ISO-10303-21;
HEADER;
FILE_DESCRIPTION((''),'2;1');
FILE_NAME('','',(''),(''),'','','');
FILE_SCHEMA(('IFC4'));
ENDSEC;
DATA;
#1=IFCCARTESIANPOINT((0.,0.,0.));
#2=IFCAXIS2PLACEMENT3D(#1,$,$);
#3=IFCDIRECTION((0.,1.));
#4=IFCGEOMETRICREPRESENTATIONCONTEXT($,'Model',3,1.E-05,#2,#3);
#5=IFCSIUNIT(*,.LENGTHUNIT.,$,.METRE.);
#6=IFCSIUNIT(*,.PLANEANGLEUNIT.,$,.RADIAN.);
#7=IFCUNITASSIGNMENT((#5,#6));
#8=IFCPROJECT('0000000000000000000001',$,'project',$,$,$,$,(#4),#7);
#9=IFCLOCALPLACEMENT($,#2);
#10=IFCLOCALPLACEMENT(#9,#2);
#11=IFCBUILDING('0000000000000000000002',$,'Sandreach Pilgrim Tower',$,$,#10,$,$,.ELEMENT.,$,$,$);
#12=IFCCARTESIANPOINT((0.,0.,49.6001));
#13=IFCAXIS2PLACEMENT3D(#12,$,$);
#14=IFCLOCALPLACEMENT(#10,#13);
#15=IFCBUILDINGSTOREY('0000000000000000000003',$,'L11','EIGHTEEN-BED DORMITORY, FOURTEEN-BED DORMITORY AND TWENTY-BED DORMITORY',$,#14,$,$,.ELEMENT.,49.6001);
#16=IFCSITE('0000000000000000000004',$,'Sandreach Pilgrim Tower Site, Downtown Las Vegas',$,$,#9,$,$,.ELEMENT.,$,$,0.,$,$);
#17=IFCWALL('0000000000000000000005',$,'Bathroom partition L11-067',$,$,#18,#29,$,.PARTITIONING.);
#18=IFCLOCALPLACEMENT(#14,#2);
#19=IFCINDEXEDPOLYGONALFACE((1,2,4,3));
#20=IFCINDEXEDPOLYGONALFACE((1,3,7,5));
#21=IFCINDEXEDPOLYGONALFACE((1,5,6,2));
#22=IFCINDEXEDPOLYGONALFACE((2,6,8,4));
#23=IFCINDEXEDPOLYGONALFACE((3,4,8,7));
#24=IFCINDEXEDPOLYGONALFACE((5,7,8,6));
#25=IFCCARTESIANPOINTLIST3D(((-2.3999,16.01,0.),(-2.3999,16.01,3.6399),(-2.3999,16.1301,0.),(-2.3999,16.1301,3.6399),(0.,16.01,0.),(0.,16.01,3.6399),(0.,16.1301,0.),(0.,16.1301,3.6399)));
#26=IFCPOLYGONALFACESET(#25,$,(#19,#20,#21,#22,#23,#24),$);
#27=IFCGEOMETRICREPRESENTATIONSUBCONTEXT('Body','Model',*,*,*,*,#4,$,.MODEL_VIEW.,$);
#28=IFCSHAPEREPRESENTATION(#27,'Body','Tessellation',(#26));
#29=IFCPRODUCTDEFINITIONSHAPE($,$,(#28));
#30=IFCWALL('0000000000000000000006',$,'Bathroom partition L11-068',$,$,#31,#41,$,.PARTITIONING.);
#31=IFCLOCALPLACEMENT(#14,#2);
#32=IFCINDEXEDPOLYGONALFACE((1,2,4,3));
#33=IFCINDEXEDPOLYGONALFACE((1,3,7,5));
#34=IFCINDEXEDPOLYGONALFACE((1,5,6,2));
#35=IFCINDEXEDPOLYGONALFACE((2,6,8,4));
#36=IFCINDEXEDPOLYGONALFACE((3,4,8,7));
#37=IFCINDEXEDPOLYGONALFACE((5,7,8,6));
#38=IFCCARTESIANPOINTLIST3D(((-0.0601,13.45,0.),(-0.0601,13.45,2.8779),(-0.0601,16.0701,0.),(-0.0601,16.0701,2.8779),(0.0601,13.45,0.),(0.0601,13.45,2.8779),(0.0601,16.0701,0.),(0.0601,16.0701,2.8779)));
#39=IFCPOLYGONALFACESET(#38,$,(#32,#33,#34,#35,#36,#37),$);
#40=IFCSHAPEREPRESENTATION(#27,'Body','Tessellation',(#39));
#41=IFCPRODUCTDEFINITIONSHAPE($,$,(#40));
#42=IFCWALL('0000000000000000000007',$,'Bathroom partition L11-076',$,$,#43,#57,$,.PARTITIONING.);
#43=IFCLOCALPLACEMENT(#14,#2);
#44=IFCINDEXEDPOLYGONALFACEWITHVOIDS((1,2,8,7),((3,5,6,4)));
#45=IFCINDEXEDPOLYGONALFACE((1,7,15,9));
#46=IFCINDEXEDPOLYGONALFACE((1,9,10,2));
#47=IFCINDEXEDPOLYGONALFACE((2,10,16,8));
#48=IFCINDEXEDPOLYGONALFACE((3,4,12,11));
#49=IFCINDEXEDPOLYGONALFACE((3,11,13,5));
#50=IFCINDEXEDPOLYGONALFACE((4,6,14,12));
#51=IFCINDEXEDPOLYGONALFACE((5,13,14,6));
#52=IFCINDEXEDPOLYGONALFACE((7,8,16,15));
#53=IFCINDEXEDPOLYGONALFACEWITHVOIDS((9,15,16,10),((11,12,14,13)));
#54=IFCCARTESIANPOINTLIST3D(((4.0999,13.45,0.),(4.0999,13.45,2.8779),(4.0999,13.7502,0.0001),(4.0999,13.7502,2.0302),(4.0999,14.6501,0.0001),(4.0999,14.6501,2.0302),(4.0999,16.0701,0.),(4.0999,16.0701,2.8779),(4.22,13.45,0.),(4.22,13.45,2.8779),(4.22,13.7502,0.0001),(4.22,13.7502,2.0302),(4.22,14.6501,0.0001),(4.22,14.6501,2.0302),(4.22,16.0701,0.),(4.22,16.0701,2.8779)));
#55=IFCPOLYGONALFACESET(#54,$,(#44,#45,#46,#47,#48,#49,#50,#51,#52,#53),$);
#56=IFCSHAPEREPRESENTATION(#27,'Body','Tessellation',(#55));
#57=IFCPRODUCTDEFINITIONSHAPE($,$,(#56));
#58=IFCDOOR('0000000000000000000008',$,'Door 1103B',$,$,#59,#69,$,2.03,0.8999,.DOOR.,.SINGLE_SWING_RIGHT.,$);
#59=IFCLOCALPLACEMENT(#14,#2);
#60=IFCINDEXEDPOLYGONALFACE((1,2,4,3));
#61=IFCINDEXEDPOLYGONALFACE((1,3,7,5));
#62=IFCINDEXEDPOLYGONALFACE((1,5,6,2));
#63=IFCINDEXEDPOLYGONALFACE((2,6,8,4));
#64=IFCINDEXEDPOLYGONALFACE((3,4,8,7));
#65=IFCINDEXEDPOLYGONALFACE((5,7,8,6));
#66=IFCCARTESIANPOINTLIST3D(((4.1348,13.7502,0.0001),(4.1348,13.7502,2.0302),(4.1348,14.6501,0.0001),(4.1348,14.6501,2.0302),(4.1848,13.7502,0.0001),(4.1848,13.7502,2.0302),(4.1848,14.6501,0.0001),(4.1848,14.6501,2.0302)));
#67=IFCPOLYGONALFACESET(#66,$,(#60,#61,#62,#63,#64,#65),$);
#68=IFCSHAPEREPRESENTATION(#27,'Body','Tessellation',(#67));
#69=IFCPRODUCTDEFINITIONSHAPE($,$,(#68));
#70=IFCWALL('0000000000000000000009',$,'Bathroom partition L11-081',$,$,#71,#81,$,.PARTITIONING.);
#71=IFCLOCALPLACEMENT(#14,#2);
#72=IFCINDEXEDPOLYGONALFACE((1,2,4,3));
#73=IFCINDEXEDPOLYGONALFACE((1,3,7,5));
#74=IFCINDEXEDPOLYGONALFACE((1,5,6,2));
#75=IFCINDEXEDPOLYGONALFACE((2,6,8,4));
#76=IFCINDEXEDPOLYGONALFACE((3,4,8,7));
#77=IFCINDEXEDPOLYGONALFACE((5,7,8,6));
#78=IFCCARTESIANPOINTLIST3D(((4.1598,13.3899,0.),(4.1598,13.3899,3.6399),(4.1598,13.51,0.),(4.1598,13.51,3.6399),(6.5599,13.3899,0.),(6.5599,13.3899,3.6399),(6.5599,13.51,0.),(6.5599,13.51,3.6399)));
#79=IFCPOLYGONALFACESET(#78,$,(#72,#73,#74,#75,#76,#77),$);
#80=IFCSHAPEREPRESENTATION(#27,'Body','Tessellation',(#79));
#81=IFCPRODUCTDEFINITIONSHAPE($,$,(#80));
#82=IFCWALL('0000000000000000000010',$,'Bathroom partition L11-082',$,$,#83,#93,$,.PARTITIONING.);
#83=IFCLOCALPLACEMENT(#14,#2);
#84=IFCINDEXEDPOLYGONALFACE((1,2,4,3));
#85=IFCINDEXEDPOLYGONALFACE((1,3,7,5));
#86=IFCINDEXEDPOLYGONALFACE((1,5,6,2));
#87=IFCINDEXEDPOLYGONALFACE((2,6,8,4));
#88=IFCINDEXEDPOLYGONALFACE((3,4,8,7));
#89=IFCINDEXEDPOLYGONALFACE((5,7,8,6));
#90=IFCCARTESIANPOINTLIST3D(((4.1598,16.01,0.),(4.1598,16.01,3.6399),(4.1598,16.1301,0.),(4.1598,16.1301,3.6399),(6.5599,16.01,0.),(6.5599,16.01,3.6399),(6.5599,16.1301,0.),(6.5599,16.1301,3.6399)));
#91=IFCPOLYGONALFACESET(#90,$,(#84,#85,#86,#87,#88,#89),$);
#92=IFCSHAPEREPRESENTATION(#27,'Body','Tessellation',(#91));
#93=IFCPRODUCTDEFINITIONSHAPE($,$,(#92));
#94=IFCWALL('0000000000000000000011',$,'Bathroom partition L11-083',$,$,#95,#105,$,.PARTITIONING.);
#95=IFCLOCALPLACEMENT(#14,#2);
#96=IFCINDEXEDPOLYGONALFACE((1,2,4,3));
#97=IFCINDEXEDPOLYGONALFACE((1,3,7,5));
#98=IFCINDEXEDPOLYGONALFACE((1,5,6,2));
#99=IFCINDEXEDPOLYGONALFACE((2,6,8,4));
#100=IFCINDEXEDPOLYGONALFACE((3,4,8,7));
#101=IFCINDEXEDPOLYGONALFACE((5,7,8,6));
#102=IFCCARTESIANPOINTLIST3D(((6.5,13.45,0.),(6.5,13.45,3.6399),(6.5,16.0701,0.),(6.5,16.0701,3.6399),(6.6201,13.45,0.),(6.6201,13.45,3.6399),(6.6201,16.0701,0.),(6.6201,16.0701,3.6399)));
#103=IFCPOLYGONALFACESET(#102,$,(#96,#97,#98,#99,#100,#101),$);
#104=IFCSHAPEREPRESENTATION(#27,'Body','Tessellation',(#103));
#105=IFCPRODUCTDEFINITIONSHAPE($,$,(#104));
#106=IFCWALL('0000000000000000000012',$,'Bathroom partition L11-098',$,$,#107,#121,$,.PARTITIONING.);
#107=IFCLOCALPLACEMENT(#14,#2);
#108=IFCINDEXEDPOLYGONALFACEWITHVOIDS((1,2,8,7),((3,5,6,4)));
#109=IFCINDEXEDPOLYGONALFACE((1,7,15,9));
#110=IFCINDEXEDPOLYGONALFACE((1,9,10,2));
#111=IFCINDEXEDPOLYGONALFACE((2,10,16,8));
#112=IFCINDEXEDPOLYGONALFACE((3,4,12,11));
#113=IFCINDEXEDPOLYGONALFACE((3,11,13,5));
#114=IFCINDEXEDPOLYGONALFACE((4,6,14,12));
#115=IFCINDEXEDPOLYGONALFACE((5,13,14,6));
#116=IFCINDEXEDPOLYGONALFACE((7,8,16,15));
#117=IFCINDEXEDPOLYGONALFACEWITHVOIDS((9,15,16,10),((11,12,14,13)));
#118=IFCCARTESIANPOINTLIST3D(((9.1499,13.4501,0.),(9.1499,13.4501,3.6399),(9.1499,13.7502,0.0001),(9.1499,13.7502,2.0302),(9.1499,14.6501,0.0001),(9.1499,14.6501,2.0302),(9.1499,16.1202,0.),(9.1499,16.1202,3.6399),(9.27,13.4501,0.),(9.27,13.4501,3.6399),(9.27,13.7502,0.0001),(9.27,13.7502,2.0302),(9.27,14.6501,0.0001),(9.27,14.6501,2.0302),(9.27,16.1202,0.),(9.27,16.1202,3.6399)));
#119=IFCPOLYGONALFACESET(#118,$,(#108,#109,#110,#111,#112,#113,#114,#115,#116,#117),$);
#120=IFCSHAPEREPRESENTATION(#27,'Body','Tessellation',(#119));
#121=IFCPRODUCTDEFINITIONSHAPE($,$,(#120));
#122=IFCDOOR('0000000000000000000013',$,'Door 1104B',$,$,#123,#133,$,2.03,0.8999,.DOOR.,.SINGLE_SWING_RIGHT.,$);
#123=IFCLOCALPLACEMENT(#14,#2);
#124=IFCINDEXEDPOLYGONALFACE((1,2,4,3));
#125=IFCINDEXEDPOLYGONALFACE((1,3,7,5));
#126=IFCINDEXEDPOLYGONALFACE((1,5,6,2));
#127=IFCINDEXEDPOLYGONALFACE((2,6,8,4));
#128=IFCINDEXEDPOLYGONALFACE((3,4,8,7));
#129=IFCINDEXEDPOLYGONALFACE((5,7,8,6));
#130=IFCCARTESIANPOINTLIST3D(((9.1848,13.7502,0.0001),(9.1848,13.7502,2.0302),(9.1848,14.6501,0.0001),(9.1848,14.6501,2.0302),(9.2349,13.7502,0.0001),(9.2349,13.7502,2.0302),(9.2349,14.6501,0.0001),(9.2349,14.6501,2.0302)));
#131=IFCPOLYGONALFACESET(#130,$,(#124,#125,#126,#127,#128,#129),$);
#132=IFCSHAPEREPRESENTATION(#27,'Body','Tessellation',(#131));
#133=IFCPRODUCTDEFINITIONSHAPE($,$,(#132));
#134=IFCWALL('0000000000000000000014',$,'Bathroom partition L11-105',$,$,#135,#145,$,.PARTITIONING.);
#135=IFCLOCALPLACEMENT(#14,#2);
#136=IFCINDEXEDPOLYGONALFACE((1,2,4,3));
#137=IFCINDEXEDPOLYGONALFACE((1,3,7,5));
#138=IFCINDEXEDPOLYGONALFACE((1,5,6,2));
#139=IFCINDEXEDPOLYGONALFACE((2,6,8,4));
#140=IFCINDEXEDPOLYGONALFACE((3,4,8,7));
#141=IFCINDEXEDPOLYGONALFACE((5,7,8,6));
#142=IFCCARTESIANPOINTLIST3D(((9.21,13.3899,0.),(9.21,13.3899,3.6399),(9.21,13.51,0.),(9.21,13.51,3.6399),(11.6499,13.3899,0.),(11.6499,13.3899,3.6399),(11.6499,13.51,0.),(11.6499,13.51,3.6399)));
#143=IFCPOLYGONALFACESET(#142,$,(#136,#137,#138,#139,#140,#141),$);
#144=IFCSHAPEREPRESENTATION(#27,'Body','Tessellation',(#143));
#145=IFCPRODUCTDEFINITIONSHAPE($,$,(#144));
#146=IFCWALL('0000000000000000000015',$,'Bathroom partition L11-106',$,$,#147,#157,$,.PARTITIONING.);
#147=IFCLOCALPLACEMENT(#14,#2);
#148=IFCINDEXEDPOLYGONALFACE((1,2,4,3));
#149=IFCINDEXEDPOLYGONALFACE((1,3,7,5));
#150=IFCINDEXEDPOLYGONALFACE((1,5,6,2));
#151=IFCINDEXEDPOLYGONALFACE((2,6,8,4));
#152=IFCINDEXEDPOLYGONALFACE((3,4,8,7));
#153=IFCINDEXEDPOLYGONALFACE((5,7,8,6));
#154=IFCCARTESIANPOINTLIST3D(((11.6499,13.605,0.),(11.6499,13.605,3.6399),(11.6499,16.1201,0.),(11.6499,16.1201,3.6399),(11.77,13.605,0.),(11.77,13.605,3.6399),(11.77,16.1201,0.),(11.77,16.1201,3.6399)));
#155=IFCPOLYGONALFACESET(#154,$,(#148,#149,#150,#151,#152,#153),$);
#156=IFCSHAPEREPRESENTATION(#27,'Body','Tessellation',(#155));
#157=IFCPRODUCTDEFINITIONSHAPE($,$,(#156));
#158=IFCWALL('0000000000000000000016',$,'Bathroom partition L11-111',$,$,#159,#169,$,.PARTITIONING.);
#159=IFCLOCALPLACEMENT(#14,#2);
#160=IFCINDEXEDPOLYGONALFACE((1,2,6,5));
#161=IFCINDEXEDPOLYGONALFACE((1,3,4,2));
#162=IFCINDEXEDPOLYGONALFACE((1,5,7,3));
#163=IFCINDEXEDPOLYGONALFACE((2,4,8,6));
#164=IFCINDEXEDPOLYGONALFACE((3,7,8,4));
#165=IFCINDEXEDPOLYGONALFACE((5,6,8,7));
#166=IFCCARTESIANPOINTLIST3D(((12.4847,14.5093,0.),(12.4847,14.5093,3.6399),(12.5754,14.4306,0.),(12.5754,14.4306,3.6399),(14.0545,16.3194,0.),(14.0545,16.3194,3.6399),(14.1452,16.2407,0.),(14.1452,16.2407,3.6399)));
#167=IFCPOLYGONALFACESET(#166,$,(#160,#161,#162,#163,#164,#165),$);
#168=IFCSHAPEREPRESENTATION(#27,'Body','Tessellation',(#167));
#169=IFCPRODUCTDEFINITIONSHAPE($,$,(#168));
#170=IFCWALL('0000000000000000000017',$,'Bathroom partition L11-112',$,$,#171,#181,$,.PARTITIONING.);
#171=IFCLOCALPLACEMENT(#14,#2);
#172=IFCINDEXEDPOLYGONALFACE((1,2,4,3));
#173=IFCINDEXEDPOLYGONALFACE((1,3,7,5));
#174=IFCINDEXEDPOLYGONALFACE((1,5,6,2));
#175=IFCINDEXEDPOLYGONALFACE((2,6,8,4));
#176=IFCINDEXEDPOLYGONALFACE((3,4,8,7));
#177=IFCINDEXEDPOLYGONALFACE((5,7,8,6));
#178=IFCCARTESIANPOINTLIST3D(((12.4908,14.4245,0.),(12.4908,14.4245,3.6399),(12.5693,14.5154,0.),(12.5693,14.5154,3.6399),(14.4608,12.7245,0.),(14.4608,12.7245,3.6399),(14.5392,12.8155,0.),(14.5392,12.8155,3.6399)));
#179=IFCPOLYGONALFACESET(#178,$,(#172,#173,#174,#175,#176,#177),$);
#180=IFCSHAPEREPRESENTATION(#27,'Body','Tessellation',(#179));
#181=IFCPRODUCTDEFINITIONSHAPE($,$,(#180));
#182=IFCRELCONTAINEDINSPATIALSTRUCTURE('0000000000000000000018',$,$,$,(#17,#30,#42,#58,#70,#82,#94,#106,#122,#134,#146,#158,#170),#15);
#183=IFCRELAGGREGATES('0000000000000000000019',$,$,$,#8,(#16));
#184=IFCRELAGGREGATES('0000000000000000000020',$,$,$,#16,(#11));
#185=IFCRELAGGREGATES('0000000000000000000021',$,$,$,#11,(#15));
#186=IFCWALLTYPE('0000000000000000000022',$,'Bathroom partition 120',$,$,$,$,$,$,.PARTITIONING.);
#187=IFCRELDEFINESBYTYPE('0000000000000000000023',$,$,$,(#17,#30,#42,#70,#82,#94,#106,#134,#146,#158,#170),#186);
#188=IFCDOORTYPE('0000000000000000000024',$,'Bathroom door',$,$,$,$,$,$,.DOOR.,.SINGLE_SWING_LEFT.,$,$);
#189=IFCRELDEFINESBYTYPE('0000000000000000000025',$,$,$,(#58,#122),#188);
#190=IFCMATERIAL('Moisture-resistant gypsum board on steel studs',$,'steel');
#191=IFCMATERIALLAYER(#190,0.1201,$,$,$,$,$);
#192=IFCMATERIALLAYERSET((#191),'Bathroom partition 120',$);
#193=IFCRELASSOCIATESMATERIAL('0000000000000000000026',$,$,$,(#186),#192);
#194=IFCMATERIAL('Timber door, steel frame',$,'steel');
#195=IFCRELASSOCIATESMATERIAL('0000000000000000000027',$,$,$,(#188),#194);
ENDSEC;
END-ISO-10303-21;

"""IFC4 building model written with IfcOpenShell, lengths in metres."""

from ifc_helpers import new_model, si_unit, direction, frame, frame_2d, origin, place, context, subcontext, project, spatial, rectangle, extrude, material, layer, layer_set, type_object, element, fill, save


model = new_model("IFC4")

# Units and contexts
model_context = context("Model", 3, precision=1e-05, world=origin(), true_north=direction((0.0, 1.0)))
body_context = subcontext(model_context, "Body", "Model", "MODEL_VIEW")
ifc_project = project(units=[si_unit("LENGTHUNIT", "METRE"), si_unit("PLANEANGLEUNIT", "RADIAN")], contexts=[model_context])

# Site, building, storey
site_placement = place(None, origin())
site = spatial("IfcSite", under=ifc_project, at=site_placement, Name="Sandreach Pilgrim Tower Site, Downtown Las Vegas", CompositionType="ELEMENT", RefElevation=0.0)
building_placement = place(site_placement, origin())
building = spatial("IfcBuilding", under=site, at=building_placement, Name="Sandreach Pilgrim Tower", CompositionType="ELEMENT")
storey_placement = place(building_placement, frame((0.0, 0.0, 49.6001)))
storey = spatial("IfcBuildingStorey", under=building, at=storey_placement, Name="L11", Description="EIGHTEEN-BED DORMITORY, FOURTEEN-BED DORMITORY AND TWENTY-BED DORMITORY", CompositionType="ELEMENT", Elevation=49.6001)

# Walls
ifc_material_1 = material(Name="Moisture-resistant gypsum board on steel studs", Category="steel")
ifc_layer_1 = layer(ifc_material_1, 0.1201)
ifc_layer_set_1 = layer_set([ifc_layer_1], Name="Bathroom partition 120")
wall_type_1 = type_object("IfcWallType", Name="Bathroom partition 120", PredefinedType="PARTITIONING", material=ifc_layer_set_1)
wall_1_placement = place(storey_placement, frame((0.0, 16.0701, 0.0), z_axis=(0.0, 0.0, 1.0), x_axis=(-1.0, 0.0, 0.0)))
element("IfcWall", 1, at=wall_1_placement, inside=storey, type_object=wall_type_1, Name="Bathroom partition L11-067", PredefinedType="PARTITIONING", context=body_context, shape_type="SweptSolid", body=[
    extrude(rectangle(XDim=2.3999, YDim=0.1201, at=frame_2d((1.2, 0.0))), origin(), (0.0, 0.0, 1.0), 3.6399),
])
wall_2_placement = place(storey_placement, frame((0.0, 16.0701, 0.0), z_axis=(0.0, 0.0, 1.0), x_axis=(0.0, -1.0, 0.0)))
element("IfcWall", 2, at=wall_2_placement, inside=storey, type_object=wall_type_1, Name="Bathroom partition L11-068", PredefinedType="PARTITIONING", context=body_context, shape_type="SweptSolid", body=[
    extrude(rectangle(XDim=2.6201, YDim=0.1201, at=frame_2d((1.3101, 0.0))), origin(), (0.0, 0.0, 1.0), 2.8779),
])

# Wall, opening, door
wall_3_placement = place(storey_placement, frame((4.1599, 16.0701, 0.0), z_axis=(0.0, 0.0, 1.0), x_axis=(0.0, -1.0, 0.0)))
wall_3 = element("IfcWall", 3, at=wall_3_placement, inside=storey, type_object=wall_type_1, Name="Bathroom partition L11-076", PredefinedType="PARTITIONING", context=body_context, shape_type="SweptSolid", body=[
    extrude(rectangle(XDim=2.6201, YDim=0.1201, at=frame_2d((1.3101, 0.0))), origin(), (0.0, 0.0, 1.0), 2.8779),
])
opening_1_placement = place(wall_3_placement, frame((1.4199, 0.0, 0.0)))
opening_1 = element("IfcOpeningElement", 4, at=opening_1_placement, cuts=wall_3, PredefinedType="OPENING", context=body_context, shape_type="SweptSolid", body=[
    extrude(rectangle(XDim=0.8999, YDim=2.03, at=frame_2d((0.45, 1.0151))), frame((0.0, 0.0601, 0.0), z_axis=(0.0, -1.0, 0.0), x_axis=(1.0, 0.0, 0.0)), (0.0, 0.0, 1.0), 0.1201),
])
ifc_material_2 = material(Name="Timber door, steel frame", Category="steel")
door_type_1 = type_object("IfcDoorType", Name="Bathroom door", OperationType="SINGLE_SWING_LEFT", PredefinedType="DOOR", material=ifc_material_2)
door_1_placement = place(opening_1_placement, origin())
door_1 = element("IfcDoor", 5, at=door_1_placement, inside=storey, type_object=door_type_1, Name="Door 1103B", OperationType="SINGLE_SWING_RIGHT", OverallHeight=2.03, OverallWidth=0.8999, PredefinedType="DOOR", context=body_context, shape_type="SweptSolid", body=[
    extrude(rectangle(XDim=0.8999, YDim=2.03, at=frame_2d((0.45, 1.0151))), frame((0.0, 0.0249, 0.0), z_axis=(0.0, -1.0, 0.0), x_axis=(1.0, 0.0, 0.0)), (0.0, 0.0, 1.0), 0.05),
])
fill(opening_1, door_1)

# Walls
for number, where, z_axis, x_axis, name in (
    (6, (6.5601, 13.45, 0.0), (0.0, 0.0, 1.0), (-1.0, 0.0, 0.0), "Bathroom partition L11-081"),
    (7, (6.5601, 16.0701, 0.0), (0.0, 0.0, 1.0), (-1.0, 0.0, 0.0), "Bathroom partition L11-082"),
):
    element("IfcWall", number, at=place(storey_placement, frame(where, z_axis=z_axis, x_axis=x_axis)), inside=storey, type_object=wall_type_1, Name=name, PredefinedType="PARTITIONING", context=body_context, shape_type="SweptSolid", body=[
        extrude(rectangle(XDim=2.4001, YDim=0.1201, at=frame_2d((1.2002, 0.0))), origin(), (0.0, 0.0, 1.0), 3.6399),
    ])
wall_4_placement = place(storey_placement, frame((6.5601, 16.0701, 0.0), z_axis=(0.0, 0.0, 1.0), x_axis=(0.0, -1.0, 0.0)))
element("IfcWall", 8, at=wall_4_placement, inside=storey, type_object=wall_type_1, Name="Bathroom partition L11-083", PredefinedType="PARTITIONING", context=body_context, shape_type="SweptSolid", body=[
    extrude(rectangle(XDim=2.6201, YDim=0.1201, at=frame_2d((1.3101, 0.0))), origin(), (0.0, 0.0, 1.0), 3.6399),
])

# Wall, opening, door
wall_5_placement = place(storey_placement, frame((9.21, 16.1201, 0.0), z_axis=(0.0, 0.0, 1.0), x_axis=(0.0, -1.0, 0.0)))
wall_5 = element("IfcWall", 9, at=wall_5_placement, inside=storey, type_object=wall_type_1, Name="Bathroom partition L11-098", PredefinedType="PARTITIONING", context=body_context, shape_type="SweptSolid", body=[
    extrude(rectangle(XDim=2.6702, YDim=0.1201, at=frame_2d((1.335, 0.0))), origin(), (0.0, 0.0, 1.0), 3.6399),
])
opening_2_placement = place(wall_5_placement, frame((1.47, 0.0, 0.0)))
opening_2 = element("IfcOpeningElement", 10, at=opening_2_placement, cuts=wall_5, PredefinedType="OPENING", context=body_context, shape_type="SweptSolid", body=[
    extrude(rectangle(XDim=0.8999, YDim=2.03, at=frame_2d((0.45, 1.0151))), frame((0.0, 0.0601, 0.0), z_axis=(0.0, -1.0, 0.0), x_axis=(1.0, 0.0, 0.0)), (0.0, 0.0, 1.0), 0.1201),
])
door_2_placement = place(opening_2_placement, origin())
door_2 = element("IfcDoor", 11, at=door_2_placement, inside=storey, type_object=door_type_1, Name="Door 1104B", OperationType="SINGLE_SWING_RIGHT", OverallHeight=2.03, OverallWidth=0.8999, PredefinedType="DOOR", context=body_context, shape_type="SweptSolid", body=[
    extrude(rectangle(XDim=0.8999, YDim=2.03, at=frame_2d((0.45, 1.0151))), frame((0.0, 0.0249, 0.0), z_axis=(0.0, -1.0, 0.0), x_axis=(1.0, 0.0, 0.0)), (0.0, 0.0, 1.0), 0.05),
])
fill(opening_2, door_2)

# Walls
wall_6_placement = place(storey_placement, frame((11.6499, 13.45, 0.0), z_axis=(0.0, 0.0, 1.0), x_axis=(-1.0, 0.0, 0.0)))
element("IfcWall", 12, at=wall_6_placement, inside=storey, type_object=wall_type_1, Name="Bathroom partition L11-105", PredefinedType="PARTITIONING", context=body_context, shape_type="SweptSolid", body=[
    extrude(rectangle(XDim=2.4399, YDim=0.1201, at=frame_2d((1.22, 0.0))), origin(), (0.0, 0.0, 1.0), 3.6399),
])
wall_7_placement = place(storey_placement, frame((11.71, 13.605, 0.0), z_axis=(0.0, 0.0, 1.0), x_axis=(0.0, 1.0, 0.0)))
element("IfcWall", 13, at=wall_7_placement, inside=storey, type_object=wall_type_1, Name="Bathroom partition L11-106", PredefinedType="PARTITIONING", context=body_context, shape_type="SweptSolid", body=[
    extrude(rectangle(XDim=2.5151, YDim=0.1201, at=frame_2d((1.2576, 0.0))), origin(), (0.0, 0.0, 1.0), 3.6399),
])
wall_8_placement = place(storey_placement, frame((12.53, 14.47, 0.0), z_axis=(0.0, 0.0, 1.0), x_axis=(0.655194, 0.75546, 0.0)))
element("IfcWall", 14, at=wall_8_placement, inside=storey, type_object=wall_type_1, Name="Bathroom partition L11-111", PredefinedType="PARTITIONING", context=body_context, shape_type="SweptSolid", body=[
    extrude(rectangle(XDim=2.396, YDim=0.1201, at=frame_2d((1.198, 0.0))), origin(), (0.0, 0.0, 1.0), 3.6399),
])
wall_9_placement = place(storey_placement, frame((12.53, 14.47, 0.0), z_axis=(0.0, 0.0, 1.0), x_axis=(0.757087, -0.653314, 0.0)))
element("IfcWall", 15, at=wall_9_placement, inside=storey, type_object=wall_type_1, Name="Bathroom partition L11-112", PredefinedType="PARTITIONING", context=body_context, shape_type="SweptSolid", body=[
    extrude(rectangle(XDim=2.6021, YDim=0.1201, at=frame_2d((1.301, 0.0))), origin(), (0.0, 0.0, 1.0), 3.6399),
])

save(model, "model.ifc")
